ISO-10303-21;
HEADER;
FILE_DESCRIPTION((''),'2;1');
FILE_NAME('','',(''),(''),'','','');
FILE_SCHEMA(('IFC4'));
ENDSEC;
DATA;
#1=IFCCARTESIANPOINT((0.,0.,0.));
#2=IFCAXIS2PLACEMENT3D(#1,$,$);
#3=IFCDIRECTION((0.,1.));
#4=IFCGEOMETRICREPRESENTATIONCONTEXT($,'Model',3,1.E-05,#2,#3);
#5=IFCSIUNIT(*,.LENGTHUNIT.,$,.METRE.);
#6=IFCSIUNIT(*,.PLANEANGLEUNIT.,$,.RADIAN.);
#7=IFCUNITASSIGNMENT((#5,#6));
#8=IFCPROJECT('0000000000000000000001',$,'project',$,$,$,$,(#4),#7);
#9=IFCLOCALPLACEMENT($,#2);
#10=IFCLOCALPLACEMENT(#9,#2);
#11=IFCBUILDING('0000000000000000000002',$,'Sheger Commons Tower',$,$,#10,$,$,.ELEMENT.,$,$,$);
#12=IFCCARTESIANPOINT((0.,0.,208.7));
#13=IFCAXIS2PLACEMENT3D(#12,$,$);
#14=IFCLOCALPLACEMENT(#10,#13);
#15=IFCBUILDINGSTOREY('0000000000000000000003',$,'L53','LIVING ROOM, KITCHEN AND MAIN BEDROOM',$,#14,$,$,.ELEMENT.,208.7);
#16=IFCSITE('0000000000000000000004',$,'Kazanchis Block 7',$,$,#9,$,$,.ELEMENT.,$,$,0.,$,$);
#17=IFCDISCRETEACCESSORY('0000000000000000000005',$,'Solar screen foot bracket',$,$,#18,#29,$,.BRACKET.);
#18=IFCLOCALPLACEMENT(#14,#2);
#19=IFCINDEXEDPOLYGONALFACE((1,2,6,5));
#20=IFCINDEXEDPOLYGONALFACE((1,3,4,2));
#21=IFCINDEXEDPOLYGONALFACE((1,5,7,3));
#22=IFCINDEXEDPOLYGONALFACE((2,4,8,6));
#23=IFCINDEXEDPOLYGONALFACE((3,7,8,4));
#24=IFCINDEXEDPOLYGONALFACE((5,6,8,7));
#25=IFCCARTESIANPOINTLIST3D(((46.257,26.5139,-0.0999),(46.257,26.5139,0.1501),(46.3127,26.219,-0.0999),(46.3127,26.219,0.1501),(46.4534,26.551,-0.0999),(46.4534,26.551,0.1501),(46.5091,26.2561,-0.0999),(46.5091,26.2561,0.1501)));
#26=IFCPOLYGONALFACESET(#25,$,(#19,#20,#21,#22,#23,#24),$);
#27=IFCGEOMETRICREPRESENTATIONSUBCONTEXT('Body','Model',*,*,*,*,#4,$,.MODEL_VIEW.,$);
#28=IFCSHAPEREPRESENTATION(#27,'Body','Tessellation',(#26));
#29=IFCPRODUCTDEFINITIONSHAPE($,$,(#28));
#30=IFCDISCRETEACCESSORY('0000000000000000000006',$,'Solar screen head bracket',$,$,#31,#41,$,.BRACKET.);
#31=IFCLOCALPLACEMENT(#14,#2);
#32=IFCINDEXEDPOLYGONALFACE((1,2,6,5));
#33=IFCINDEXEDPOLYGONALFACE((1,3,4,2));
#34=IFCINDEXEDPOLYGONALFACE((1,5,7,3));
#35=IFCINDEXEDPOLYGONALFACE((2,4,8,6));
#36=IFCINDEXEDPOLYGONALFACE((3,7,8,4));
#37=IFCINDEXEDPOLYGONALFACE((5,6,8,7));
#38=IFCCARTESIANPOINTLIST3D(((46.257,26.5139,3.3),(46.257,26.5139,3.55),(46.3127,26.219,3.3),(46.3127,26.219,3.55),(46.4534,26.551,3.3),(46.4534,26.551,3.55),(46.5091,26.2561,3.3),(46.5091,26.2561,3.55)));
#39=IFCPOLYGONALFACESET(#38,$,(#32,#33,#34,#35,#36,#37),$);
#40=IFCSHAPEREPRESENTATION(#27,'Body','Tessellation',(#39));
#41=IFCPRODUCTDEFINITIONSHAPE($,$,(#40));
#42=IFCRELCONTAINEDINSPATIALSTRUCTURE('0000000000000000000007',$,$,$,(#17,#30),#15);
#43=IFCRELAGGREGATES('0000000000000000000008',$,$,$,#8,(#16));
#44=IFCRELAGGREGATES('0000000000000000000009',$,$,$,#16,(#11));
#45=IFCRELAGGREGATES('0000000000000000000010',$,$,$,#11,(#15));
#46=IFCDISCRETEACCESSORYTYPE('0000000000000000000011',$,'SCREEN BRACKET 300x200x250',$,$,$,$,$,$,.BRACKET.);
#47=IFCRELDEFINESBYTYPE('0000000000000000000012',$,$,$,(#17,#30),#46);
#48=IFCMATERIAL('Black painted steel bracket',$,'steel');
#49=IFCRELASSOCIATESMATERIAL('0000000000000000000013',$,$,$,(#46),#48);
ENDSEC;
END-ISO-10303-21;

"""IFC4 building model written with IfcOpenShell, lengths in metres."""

from ifc_helpers import new_model, si_unit, direction, frame, origin, origin_2d, place, context, subcontext, project, spatial, rectangle, extrude, material, type_object, element, save


model = new_model("IFC4")

# Units and contexts
model_context = context("Model", 3, precision=1e-05, world=origin(), true_north=direction((0.0, 1.0)))
body_context = subcontext(model_context, "Body", "Model", "MODEL_VIEW")
ifc_project = project(units=[si_unit("LENGTHUNIT", "METRE"), si_unit("PLANEANGLEUNIT", "RADIAN")], contexts=[model_context])

# Site, building, storey
site_placement = place(None, origin())
site = spatial("IfcSite", under=ifc_project, at=site_placement, Name="Kazanchis Block 7", CompositionType="ELEMENT", RefElevation=0.0)
building_placement = place(site_placement, origin())
building = spatial("IfcBuilding", under=site, at=building_placement, Name="Sheger Commons Tower", CompositionType="ELEMENT")
storey_placement = place(building_placement, frame((0.0, 0.0, 208.7)))
storey = spatial("IfcBuildingStorey", under=building, at=storey_placement, Name="L53", Description="LIVING ROOM, KITCHEN AND MAIN BEDROOM", CompositionType="ELEMENT", Elevation=208.7)

# Discrete accessories
ifc_material_1 = material(Name="Black painted steel bracket", Category="steel")
discrete_accessory_type = type_object("IfcDiscreteAccessoryType", Name="SCREEN BRACKET 300x200x250", PredefinedType="BRACKET", material=ifc_material_1)
for number, where, z_axis, x_axis, name in (
    (1, (46.3831, 26.385, -0.0999), (0.0, 0.0, 1.0), (-0.185615, 0.982623, 0.0), "Solar screen foot bracket"),
    (2, (46.3831, 26.385, 3.3), (0.0, 0.0, 1.0), (-0.185615, 0.982623, 0.0), "Solar screen head bracket"),
):
    element("IfcDiscreteAccessory", number, at=place(storey_placement, frame(where, z_axis=z_axis, x_axis=x_axis)), inside=storey, type_object=discrete_accessory_type, Name=name, PredefinedType="BRACKET", context=body_context, shape_type="SweptSolid", body=[
        extrude(rectangle(XDim=0.3, YDim=0.2, at=origin_2d()), origin(), (0.0, 0.0, 1.0), 0.25),
    ])

save(model, "model.ifc")
